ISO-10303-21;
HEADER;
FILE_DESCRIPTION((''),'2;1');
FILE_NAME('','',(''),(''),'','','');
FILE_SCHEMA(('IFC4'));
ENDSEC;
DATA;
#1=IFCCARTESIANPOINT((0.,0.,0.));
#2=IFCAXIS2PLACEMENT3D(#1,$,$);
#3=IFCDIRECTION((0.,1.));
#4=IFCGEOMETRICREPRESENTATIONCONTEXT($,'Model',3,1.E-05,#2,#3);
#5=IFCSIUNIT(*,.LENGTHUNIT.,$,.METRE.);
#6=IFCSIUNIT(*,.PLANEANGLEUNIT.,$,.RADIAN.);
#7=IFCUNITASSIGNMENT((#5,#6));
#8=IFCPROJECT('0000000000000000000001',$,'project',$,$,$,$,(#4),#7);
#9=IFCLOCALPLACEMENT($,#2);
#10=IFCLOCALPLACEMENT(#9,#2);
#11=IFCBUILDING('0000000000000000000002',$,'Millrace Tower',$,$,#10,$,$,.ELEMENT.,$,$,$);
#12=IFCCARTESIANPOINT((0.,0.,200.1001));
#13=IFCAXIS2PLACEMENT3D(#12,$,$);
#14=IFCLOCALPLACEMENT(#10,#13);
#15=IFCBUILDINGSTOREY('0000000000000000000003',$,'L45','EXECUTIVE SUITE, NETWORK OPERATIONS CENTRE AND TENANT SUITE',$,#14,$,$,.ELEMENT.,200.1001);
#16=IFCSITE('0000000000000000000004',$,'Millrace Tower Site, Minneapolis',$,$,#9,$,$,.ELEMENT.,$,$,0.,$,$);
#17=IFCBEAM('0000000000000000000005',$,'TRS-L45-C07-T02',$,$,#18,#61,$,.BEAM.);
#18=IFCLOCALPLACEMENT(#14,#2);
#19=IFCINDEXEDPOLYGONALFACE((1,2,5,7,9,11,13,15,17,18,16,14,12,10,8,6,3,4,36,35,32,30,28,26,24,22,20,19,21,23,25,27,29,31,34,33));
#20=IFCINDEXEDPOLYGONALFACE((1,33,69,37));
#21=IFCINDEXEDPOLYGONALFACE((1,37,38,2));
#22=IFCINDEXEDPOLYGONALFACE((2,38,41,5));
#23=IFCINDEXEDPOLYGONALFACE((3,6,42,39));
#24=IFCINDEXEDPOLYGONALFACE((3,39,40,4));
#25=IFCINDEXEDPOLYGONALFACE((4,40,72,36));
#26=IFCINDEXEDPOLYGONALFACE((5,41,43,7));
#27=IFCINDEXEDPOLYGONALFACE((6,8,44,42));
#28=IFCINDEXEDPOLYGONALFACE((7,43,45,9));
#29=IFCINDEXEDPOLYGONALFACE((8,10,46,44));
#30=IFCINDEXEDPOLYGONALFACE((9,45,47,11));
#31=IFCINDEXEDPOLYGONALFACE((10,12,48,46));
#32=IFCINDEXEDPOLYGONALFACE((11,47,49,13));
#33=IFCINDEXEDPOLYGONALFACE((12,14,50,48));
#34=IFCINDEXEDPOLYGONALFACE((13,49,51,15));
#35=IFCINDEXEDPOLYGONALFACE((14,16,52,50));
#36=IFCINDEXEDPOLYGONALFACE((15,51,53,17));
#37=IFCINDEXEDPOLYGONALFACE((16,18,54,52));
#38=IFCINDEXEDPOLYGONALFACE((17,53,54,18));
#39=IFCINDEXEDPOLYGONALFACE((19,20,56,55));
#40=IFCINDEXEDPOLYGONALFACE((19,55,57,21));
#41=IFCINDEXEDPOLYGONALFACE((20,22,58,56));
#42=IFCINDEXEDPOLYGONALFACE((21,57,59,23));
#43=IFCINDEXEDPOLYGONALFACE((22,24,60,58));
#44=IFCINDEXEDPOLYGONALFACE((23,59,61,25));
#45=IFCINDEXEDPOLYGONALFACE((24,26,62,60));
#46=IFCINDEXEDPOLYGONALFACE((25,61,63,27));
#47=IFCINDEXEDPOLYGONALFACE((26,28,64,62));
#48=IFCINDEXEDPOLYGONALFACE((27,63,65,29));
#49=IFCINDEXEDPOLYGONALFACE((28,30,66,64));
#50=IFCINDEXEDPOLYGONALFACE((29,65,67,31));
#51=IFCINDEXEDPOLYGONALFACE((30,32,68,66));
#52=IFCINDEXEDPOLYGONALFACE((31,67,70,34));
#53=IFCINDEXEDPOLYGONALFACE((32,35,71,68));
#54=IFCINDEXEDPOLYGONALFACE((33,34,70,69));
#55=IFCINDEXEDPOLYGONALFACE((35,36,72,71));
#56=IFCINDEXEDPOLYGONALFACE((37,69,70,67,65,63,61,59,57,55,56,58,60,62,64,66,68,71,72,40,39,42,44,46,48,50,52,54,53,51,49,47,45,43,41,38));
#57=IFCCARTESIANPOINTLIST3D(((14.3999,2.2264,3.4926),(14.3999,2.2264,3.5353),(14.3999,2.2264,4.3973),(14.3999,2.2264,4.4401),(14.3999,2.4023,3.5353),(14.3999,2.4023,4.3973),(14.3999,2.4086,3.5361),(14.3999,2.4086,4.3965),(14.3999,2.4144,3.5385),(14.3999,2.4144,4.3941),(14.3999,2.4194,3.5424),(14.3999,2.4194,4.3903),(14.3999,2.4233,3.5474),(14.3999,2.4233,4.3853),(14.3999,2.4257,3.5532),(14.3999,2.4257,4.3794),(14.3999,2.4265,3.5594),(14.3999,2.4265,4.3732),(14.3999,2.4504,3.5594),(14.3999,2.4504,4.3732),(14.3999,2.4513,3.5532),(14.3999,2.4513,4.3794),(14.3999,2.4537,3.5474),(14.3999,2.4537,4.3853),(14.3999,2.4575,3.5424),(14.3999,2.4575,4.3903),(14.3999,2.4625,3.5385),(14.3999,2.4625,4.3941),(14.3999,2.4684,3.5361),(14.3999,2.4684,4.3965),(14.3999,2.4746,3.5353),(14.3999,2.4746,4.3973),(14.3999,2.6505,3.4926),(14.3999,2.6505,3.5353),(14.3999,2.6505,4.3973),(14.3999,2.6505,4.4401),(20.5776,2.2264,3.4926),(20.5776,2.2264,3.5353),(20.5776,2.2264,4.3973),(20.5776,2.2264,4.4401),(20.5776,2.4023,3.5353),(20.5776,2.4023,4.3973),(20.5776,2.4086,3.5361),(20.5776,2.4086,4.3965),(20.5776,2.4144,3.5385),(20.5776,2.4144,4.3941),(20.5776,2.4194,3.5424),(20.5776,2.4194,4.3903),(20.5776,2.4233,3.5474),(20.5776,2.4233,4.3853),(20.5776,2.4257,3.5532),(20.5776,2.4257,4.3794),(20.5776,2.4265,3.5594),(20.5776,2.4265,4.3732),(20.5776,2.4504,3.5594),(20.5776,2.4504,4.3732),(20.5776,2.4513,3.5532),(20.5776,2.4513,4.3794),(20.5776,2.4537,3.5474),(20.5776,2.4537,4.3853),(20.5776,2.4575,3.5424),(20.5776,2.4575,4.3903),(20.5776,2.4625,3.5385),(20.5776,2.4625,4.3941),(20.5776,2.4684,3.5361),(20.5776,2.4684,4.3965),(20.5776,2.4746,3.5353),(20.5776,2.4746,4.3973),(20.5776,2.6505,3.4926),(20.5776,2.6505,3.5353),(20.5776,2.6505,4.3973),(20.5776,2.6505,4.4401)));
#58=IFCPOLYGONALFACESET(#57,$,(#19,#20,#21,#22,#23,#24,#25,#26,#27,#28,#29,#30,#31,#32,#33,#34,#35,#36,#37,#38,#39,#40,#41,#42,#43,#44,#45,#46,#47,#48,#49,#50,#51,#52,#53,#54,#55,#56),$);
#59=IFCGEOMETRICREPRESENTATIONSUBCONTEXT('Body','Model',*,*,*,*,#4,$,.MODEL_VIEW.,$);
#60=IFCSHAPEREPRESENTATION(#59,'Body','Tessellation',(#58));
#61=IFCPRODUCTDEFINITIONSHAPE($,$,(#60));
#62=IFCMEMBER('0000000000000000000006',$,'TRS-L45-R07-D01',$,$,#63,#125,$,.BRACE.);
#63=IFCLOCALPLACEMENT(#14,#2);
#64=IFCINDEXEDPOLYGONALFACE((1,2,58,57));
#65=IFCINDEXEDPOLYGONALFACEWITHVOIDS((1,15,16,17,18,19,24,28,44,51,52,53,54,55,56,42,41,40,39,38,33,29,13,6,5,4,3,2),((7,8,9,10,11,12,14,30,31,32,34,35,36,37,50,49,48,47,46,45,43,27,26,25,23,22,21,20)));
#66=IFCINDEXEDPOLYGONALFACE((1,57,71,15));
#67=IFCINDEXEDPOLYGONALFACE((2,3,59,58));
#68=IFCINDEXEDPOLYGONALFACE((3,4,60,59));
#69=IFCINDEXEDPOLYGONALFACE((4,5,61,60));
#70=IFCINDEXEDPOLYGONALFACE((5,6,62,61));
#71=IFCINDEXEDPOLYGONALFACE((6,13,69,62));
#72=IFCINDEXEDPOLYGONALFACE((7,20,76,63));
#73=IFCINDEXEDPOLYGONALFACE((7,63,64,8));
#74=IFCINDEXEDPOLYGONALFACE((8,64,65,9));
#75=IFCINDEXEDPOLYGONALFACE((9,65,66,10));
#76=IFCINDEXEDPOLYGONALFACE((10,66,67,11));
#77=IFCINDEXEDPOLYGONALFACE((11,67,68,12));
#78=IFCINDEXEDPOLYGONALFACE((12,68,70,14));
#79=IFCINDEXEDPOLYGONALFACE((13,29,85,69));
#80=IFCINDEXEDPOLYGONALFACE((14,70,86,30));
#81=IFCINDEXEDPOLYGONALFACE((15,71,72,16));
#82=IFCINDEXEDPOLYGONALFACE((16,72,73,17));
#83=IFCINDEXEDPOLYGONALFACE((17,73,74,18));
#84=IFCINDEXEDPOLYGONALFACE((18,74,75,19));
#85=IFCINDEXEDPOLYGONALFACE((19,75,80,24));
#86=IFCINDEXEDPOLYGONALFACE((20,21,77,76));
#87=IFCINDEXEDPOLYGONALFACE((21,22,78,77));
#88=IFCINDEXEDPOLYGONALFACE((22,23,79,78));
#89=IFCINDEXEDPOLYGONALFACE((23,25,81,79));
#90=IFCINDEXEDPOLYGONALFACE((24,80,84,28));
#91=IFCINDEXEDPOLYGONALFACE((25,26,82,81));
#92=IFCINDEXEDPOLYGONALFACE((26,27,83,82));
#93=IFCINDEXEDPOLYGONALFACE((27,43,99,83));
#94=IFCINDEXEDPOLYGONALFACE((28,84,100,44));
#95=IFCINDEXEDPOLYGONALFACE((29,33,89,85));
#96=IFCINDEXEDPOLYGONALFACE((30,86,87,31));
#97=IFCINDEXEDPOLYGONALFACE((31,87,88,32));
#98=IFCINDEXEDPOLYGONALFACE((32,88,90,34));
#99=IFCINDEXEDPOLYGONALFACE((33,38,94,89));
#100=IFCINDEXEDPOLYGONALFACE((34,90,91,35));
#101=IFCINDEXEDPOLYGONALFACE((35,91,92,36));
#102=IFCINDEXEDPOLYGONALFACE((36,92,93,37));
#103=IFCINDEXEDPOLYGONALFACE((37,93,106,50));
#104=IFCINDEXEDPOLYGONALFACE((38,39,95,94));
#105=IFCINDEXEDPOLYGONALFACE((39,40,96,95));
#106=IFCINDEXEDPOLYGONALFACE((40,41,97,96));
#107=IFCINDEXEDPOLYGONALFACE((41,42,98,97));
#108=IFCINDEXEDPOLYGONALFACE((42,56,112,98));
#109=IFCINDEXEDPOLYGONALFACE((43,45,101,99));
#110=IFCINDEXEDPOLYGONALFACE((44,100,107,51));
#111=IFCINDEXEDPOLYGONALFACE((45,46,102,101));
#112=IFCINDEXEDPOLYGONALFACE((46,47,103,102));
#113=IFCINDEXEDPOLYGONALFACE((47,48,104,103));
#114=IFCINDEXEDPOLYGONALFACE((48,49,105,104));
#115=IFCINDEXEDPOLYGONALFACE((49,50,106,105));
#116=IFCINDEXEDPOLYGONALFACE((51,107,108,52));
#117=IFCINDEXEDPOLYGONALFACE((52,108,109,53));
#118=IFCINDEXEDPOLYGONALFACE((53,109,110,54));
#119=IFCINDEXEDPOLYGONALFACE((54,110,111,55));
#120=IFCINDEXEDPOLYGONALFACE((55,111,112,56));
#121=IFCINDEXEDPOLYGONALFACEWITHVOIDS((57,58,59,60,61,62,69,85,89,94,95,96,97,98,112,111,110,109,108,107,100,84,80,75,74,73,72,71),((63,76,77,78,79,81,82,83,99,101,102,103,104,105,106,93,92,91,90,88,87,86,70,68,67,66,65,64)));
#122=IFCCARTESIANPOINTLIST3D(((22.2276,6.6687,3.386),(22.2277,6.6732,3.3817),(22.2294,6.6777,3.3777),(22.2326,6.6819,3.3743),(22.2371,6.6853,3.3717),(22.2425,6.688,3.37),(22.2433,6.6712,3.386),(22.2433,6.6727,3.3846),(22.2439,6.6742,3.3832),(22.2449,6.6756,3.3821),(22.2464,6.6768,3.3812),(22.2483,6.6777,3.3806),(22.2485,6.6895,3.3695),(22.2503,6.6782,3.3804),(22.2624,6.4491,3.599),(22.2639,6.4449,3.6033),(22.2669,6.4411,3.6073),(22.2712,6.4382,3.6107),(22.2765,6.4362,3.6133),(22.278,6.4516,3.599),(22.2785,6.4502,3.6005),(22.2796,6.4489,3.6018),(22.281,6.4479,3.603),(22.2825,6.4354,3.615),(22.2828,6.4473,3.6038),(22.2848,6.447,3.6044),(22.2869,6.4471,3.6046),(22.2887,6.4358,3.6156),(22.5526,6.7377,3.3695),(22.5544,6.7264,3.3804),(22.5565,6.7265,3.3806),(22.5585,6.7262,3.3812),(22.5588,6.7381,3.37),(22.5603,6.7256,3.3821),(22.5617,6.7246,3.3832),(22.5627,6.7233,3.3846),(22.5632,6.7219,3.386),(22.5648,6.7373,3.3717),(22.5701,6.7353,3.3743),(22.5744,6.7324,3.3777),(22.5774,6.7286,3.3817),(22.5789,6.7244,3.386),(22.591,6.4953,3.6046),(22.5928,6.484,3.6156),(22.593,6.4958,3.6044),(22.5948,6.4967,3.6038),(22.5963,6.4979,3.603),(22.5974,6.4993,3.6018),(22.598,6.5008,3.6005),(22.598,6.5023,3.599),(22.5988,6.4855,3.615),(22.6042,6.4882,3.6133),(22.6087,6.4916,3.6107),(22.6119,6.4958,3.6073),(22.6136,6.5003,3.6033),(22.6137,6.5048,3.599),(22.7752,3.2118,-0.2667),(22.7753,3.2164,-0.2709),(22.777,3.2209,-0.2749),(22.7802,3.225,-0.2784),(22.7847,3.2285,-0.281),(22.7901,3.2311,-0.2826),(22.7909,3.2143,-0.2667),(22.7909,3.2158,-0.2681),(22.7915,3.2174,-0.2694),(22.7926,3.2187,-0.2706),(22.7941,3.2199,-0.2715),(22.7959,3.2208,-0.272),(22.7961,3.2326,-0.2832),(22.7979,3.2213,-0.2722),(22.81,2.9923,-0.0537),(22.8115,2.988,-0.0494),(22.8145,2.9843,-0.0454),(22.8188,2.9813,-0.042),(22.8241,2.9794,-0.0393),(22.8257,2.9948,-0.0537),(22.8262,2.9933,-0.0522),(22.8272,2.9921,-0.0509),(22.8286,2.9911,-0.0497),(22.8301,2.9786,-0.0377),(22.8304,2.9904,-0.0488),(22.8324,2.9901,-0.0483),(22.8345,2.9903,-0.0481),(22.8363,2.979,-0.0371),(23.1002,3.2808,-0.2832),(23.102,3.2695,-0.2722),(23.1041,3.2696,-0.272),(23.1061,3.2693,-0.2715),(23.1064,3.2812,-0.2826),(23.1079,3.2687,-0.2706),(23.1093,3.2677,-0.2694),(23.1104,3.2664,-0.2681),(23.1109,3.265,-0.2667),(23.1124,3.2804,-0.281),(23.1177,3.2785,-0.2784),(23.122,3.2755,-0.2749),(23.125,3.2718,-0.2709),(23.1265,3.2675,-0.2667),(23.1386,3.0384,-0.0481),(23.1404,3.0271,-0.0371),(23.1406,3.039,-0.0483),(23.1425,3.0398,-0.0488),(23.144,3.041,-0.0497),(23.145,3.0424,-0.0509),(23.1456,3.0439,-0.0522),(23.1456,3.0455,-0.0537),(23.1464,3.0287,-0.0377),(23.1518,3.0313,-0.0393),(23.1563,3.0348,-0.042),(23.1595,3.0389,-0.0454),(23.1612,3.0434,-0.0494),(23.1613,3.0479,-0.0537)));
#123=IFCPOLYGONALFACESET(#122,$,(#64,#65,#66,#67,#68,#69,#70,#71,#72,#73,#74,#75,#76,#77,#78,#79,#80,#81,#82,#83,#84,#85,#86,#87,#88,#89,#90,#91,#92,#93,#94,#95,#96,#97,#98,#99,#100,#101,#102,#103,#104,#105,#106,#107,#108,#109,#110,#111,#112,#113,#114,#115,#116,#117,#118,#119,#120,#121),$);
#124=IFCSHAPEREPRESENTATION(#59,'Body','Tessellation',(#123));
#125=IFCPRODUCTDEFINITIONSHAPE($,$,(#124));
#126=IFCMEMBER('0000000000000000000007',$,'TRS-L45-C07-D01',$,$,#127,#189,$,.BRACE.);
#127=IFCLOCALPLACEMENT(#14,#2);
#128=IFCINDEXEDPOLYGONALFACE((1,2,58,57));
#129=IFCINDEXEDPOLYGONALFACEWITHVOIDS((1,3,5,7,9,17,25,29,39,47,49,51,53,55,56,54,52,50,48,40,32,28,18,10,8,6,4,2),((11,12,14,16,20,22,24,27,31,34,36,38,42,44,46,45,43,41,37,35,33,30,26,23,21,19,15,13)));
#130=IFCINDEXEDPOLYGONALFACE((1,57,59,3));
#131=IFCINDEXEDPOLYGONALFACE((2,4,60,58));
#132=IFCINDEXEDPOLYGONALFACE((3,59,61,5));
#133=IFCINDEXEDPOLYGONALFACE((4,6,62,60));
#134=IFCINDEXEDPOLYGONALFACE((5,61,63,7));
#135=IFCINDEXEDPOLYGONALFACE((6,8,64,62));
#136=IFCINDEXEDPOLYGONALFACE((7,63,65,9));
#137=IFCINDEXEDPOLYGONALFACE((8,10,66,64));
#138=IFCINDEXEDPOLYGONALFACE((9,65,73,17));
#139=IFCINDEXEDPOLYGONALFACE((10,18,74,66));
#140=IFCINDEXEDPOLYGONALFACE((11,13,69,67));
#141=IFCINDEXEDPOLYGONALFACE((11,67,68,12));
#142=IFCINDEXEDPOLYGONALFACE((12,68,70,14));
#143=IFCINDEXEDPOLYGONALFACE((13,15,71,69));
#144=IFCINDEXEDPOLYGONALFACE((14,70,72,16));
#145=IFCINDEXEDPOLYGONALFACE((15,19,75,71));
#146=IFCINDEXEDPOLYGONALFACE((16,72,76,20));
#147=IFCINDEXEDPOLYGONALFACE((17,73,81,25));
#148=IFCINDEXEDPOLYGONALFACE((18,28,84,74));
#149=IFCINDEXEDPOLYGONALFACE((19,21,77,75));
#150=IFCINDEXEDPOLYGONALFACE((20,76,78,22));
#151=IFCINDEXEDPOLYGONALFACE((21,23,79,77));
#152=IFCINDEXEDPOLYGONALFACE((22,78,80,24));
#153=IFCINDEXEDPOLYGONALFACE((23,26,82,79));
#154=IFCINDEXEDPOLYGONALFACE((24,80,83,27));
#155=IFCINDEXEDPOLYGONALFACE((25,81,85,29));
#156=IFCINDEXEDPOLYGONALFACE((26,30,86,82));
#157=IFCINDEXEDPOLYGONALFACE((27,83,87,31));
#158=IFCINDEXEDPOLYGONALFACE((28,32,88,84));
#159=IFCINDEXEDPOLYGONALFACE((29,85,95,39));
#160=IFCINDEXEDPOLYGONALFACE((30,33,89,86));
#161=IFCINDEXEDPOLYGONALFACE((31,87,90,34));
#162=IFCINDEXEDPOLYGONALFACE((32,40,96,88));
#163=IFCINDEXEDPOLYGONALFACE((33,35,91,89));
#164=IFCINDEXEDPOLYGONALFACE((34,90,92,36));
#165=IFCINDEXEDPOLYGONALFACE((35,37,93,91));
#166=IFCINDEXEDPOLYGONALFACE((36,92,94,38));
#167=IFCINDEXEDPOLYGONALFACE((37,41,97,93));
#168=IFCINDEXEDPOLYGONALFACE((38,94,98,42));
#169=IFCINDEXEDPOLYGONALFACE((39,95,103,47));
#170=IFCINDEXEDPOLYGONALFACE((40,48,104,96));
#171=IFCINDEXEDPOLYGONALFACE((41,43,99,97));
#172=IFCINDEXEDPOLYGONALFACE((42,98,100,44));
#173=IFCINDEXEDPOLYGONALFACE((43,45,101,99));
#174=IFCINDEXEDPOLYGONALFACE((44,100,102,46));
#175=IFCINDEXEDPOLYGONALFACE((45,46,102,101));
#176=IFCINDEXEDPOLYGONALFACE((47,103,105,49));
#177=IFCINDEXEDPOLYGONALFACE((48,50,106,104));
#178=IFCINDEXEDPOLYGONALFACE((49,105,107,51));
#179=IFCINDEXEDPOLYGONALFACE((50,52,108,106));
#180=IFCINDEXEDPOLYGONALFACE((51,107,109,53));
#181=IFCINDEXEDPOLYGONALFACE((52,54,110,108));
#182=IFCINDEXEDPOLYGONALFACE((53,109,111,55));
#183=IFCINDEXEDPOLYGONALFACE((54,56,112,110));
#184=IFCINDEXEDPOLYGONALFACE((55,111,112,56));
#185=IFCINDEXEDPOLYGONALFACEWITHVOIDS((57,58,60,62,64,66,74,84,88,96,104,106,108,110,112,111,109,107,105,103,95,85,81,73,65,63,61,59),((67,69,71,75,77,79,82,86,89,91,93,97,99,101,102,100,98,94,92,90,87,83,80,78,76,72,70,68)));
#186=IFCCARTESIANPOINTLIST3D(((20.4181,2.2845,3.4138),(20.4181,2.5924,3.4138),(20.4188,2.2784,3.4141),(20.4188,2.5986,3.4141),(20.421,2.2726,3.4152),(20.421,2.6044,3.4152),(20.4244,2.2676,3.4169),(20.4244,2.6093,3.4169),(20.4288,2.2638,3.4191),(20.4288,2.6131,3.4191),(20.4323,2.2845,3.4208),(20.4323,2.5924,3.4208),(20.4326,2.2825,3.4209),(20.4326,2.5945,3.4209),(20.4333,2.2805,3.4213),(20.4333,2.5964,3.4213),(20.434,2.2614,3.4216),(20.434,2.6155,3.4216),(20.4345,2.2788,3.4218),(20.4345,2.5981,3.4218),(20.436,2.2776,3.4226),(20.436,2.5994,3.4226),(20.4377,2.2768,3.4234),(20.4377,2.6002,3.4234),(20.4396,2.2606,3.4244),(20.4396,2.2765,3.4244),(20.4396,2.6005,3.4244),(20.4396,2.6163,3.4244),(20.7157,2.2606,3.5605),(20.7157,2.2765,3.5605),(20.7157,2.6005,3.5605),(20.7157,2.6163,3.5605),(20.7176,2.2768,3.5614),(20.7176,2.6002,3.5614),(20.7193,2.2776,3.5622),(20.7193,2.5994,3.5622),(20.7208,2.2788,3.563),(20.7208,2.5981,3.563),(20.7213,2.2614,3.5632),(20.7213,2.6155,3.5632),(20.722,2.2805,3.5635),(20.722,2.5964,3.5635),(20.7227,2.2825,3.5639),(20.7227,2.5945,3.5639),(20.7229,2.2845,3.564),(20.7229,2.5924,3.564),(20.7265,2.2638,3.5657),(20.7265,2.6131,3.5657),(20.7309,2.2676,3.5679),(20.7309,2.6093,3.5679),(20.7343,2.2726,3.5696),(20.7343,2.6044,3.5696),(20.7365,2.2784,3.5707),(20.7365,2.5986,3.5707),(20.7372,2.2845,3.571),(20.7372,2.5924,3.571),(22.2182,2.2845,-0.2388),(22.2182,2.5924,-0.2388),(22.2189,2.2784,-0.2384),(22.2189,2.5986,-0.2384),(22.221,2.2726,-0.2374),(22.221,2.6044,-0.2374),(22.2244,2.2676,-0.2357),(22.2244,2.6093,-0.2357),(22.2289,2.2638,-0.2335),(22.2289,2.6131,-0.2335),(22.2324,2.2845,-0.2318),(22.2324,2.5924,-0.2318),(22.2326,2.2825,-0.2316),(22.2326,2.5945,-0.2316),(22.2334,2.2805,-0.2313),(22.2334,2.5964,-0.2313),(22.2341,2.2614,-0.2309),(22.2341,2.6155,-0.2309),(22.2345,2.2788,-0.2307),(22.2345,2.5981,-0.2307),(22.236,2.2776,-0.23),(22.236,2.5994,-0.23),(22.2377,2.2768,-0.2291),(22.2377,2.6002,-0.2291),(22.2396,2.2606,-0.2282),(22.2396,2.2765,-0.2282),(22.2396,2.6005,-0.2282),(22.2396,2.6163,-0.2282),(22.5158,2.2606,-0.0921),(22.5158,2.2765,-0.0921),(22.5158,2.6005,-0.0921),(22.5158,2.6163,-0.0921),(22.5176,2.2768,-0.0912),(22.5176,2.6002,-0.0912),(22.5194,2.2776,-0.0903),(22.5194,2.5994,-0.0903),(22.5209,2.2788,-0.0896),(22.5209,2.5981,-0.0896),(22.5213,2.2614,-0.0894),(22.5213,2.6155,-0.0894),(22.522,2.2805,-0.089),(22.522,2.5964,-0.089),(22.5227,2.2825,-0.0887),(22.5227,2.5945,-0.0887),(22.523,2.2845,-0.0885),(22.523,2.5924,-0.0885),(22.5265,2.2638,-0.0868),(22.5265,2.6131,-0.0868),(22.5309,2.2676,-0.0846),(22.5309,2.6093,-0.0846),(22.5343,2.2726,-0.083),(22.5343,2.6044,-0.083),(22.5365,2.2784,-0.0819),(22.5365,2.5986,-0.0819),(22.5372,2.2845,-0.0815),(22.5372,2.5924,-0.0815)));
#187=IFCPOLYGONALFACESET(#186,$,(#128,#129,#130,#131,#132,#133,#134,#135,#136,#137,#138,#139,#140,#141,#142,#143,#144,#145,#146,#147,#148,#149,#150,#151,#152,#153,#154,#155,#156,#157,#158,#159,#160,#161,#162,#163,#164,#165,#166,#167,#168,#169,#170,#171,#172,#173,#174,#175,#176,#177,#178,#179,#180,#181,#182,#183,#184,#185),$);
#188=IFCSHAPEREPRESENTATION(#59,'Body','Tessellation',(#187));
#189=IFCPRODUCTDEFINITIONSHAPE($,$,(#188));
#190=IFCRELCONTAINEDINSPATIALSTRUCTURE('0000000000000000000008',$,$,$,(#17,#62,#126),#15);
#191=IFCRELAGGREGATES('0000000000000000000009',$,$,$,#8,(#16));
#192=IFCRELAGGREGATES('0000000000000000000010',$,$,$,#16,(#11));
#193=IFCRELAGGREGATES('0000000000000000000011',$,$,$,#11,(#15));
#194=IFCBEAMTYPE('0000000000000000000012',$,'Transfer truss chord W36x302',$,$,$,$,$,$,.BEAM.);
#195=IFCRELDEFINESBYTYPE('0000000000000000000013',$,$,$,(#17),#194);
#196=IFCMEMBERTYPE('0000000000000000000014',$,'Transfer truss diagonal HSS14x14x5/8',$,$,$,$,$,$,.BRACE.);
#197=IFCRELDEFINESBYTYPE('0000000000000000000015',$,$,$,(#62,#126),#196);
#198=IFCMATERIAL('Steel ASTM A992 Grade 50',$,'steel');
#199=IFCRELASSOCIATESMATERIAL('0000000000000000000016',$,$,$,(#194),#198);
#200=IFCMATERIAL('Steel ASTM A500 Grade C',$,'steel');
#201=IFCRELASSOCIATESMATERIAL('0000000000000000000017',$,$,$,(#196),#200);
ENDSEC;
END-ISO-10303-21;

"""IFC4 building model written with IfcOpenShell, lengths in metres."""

from ifc_helpers import new_model, si_unit, direction, frame, origin, origin_2d, place, context, subcontext, project, spatial, hollow_rectangle, i_section, extrude, material, material_profile, profile_set, type_object, element, save


model = new_model("IFC4")

# Units and contexts
model_context = context("Model", 3, precision=1e-05, world=origin(), true_north=direction((0.0, 1.0)))
body_context = subcontext(model_context, "Body", "Model", "MODEL_VIEW")
ifc_project = project(units=[si_unit("LENGTHUNIT", "METRE"), si_unit("PLANEANGLEUNIT", "RADIAN")], contexts=[model_context])

# Site, building, storey
site_placement = place(None, origin())
site = spatial("IfcSite", under=ifc_project, at=site_placement, Name="Millrace Tower Site, Minneapolis", CompositionType="ELEMENT", RefElevation=0.0)
building_placement = place(site_placement, origin())
building = spatial("IfcBuilding", under=site, at=building_placement, Name="Millrace Tower", CompositionType="ELEMENT")
storey_placement = place(building_placement, frame((0.0, 0.0, 200.1001)))
storey = spatial("IfcBuildingStorey", under=building, at=storey_placement, Name="L45", Description="EXECUTIVE SUITE, NETWORK OPERATIONS CENTRE AND TENANT SUITE", CompositionType="ELEMENT", Elevation=200.1001)

# Beam
ifc_material_1 = material(Name="Steel ASTM A992 Grade 50", Category="steel")
ifc_material_profile_1 = material_profile(ifc_material_1, i_section(OverallWidth=0.4241, OverallDepth=0.9475, WebThickness=0.0239, FlangeThickness=0.0427, FilletRadius=0.0242, at=origin_2d()))
ifc_profile_set_1 = profile_set([ifc_material_profile_1], Name="Steel ASTM A992 Grade 50")
beam_type_1 = type_object("IfcBeamType", Name="Transfer truss chord W36x302", PredefinedType="BEAM", material=ifc_profile_set_1)
for number, where, z_axis, x_axis, name in (
    (1, (20.5776, 2.4385, 3.9663), (-1.0, 0.0, 0.0), (0.0, -1.0, 0.0), "TRS-L45-C07-T02"),
):
    element("IfcBeam", number, at=place(storey_placement, frame(where, z_axis=z_axis, x_axis=x_axis)), inside=storey, type_object=beam_type_1, Name=name, PredefinedType="BEAM", context=body_context, shape_type="SweptSolid", body=[
        extrude(i_section(OverallWidth=0.4241, OverallDepth=0.9475, WebThickness=0.0239, FlangeThickness=0.0427, FilletRadius=0.0242, at=origin_2d()), origin(), (0.0, 0.0, 1.0), 6.1777),
    ])

# Members
ifc_material_2 = material(Name="Steel ASTM A500 Grade C", Category="steel")
ifc_material_profile_2 = material_profile(ifc_material_2, hollow_rectangle(XDim=0.3557, YDim=0.3557, WallThickness=0.0159, InnerFilletRadius=0.0081, OuterFilletRadius=0.0239, at=origin_2d()))
ifc_profile_set_2 = profile_set([ifc_material_profile_2], Name="Steel ASTM A500 Grade C")
member_type_1 = type_object("IfcMemberType", Name="Transfer truss diagonal HSS14x14x5/8", PredefinedType="BRACE", material=ifc_profile_set_2)
member_1_placement = place(storey_placement, frame((22.9683, 3.1299, -0.1602), z_axis=(-0.10825, 0.683332, 0.722038), x_axis=(-0.987684, -0.156464, 0.0)))
element("IfcMember", 2, at=member_1_placement, inside=storey, type_object=member_type_1, Name="TRS-L45-R07-D01", PredefinedType="BRACE", context=body_context, shape_type="SweptSolid", body=[
    extrude(hollow_rectangle(XDim=0.3557, YDim=0.3557, WallThickness=0.0159, InnerFilletRadius=0.0081, OuterFilletRadius=0.0239, at=origin_2d()), origin(), (0.0, 0.0, 1.0), 5.0588),
])
member_2_placement = place(storey_placement, frame((22.3777, 2.4385, -0.1602), z_axis=(-0.44205, 0.0, 0.89699), x_axis=(0.0, -1.0, 0.0)))
element("IfcMember", 3, at=member_2_placement, inside=storey, type_object=member_type_1, Name="TRS-L45-C07-D01", PredefinedType="BRACE", context=body_context, shape_type="SweptSolid", body=[
    extrude(hollow_rectangle(XDim=0.3557, YDim=0.3557, WallThickness=0.0159, InnerFilletRadius=0.0081, OuterFilletRadius=0.0239, at=origin_2d()), origin(), (0.0, 0.0, 1.0), 4.072),
])

save(model, "model.ifc")
